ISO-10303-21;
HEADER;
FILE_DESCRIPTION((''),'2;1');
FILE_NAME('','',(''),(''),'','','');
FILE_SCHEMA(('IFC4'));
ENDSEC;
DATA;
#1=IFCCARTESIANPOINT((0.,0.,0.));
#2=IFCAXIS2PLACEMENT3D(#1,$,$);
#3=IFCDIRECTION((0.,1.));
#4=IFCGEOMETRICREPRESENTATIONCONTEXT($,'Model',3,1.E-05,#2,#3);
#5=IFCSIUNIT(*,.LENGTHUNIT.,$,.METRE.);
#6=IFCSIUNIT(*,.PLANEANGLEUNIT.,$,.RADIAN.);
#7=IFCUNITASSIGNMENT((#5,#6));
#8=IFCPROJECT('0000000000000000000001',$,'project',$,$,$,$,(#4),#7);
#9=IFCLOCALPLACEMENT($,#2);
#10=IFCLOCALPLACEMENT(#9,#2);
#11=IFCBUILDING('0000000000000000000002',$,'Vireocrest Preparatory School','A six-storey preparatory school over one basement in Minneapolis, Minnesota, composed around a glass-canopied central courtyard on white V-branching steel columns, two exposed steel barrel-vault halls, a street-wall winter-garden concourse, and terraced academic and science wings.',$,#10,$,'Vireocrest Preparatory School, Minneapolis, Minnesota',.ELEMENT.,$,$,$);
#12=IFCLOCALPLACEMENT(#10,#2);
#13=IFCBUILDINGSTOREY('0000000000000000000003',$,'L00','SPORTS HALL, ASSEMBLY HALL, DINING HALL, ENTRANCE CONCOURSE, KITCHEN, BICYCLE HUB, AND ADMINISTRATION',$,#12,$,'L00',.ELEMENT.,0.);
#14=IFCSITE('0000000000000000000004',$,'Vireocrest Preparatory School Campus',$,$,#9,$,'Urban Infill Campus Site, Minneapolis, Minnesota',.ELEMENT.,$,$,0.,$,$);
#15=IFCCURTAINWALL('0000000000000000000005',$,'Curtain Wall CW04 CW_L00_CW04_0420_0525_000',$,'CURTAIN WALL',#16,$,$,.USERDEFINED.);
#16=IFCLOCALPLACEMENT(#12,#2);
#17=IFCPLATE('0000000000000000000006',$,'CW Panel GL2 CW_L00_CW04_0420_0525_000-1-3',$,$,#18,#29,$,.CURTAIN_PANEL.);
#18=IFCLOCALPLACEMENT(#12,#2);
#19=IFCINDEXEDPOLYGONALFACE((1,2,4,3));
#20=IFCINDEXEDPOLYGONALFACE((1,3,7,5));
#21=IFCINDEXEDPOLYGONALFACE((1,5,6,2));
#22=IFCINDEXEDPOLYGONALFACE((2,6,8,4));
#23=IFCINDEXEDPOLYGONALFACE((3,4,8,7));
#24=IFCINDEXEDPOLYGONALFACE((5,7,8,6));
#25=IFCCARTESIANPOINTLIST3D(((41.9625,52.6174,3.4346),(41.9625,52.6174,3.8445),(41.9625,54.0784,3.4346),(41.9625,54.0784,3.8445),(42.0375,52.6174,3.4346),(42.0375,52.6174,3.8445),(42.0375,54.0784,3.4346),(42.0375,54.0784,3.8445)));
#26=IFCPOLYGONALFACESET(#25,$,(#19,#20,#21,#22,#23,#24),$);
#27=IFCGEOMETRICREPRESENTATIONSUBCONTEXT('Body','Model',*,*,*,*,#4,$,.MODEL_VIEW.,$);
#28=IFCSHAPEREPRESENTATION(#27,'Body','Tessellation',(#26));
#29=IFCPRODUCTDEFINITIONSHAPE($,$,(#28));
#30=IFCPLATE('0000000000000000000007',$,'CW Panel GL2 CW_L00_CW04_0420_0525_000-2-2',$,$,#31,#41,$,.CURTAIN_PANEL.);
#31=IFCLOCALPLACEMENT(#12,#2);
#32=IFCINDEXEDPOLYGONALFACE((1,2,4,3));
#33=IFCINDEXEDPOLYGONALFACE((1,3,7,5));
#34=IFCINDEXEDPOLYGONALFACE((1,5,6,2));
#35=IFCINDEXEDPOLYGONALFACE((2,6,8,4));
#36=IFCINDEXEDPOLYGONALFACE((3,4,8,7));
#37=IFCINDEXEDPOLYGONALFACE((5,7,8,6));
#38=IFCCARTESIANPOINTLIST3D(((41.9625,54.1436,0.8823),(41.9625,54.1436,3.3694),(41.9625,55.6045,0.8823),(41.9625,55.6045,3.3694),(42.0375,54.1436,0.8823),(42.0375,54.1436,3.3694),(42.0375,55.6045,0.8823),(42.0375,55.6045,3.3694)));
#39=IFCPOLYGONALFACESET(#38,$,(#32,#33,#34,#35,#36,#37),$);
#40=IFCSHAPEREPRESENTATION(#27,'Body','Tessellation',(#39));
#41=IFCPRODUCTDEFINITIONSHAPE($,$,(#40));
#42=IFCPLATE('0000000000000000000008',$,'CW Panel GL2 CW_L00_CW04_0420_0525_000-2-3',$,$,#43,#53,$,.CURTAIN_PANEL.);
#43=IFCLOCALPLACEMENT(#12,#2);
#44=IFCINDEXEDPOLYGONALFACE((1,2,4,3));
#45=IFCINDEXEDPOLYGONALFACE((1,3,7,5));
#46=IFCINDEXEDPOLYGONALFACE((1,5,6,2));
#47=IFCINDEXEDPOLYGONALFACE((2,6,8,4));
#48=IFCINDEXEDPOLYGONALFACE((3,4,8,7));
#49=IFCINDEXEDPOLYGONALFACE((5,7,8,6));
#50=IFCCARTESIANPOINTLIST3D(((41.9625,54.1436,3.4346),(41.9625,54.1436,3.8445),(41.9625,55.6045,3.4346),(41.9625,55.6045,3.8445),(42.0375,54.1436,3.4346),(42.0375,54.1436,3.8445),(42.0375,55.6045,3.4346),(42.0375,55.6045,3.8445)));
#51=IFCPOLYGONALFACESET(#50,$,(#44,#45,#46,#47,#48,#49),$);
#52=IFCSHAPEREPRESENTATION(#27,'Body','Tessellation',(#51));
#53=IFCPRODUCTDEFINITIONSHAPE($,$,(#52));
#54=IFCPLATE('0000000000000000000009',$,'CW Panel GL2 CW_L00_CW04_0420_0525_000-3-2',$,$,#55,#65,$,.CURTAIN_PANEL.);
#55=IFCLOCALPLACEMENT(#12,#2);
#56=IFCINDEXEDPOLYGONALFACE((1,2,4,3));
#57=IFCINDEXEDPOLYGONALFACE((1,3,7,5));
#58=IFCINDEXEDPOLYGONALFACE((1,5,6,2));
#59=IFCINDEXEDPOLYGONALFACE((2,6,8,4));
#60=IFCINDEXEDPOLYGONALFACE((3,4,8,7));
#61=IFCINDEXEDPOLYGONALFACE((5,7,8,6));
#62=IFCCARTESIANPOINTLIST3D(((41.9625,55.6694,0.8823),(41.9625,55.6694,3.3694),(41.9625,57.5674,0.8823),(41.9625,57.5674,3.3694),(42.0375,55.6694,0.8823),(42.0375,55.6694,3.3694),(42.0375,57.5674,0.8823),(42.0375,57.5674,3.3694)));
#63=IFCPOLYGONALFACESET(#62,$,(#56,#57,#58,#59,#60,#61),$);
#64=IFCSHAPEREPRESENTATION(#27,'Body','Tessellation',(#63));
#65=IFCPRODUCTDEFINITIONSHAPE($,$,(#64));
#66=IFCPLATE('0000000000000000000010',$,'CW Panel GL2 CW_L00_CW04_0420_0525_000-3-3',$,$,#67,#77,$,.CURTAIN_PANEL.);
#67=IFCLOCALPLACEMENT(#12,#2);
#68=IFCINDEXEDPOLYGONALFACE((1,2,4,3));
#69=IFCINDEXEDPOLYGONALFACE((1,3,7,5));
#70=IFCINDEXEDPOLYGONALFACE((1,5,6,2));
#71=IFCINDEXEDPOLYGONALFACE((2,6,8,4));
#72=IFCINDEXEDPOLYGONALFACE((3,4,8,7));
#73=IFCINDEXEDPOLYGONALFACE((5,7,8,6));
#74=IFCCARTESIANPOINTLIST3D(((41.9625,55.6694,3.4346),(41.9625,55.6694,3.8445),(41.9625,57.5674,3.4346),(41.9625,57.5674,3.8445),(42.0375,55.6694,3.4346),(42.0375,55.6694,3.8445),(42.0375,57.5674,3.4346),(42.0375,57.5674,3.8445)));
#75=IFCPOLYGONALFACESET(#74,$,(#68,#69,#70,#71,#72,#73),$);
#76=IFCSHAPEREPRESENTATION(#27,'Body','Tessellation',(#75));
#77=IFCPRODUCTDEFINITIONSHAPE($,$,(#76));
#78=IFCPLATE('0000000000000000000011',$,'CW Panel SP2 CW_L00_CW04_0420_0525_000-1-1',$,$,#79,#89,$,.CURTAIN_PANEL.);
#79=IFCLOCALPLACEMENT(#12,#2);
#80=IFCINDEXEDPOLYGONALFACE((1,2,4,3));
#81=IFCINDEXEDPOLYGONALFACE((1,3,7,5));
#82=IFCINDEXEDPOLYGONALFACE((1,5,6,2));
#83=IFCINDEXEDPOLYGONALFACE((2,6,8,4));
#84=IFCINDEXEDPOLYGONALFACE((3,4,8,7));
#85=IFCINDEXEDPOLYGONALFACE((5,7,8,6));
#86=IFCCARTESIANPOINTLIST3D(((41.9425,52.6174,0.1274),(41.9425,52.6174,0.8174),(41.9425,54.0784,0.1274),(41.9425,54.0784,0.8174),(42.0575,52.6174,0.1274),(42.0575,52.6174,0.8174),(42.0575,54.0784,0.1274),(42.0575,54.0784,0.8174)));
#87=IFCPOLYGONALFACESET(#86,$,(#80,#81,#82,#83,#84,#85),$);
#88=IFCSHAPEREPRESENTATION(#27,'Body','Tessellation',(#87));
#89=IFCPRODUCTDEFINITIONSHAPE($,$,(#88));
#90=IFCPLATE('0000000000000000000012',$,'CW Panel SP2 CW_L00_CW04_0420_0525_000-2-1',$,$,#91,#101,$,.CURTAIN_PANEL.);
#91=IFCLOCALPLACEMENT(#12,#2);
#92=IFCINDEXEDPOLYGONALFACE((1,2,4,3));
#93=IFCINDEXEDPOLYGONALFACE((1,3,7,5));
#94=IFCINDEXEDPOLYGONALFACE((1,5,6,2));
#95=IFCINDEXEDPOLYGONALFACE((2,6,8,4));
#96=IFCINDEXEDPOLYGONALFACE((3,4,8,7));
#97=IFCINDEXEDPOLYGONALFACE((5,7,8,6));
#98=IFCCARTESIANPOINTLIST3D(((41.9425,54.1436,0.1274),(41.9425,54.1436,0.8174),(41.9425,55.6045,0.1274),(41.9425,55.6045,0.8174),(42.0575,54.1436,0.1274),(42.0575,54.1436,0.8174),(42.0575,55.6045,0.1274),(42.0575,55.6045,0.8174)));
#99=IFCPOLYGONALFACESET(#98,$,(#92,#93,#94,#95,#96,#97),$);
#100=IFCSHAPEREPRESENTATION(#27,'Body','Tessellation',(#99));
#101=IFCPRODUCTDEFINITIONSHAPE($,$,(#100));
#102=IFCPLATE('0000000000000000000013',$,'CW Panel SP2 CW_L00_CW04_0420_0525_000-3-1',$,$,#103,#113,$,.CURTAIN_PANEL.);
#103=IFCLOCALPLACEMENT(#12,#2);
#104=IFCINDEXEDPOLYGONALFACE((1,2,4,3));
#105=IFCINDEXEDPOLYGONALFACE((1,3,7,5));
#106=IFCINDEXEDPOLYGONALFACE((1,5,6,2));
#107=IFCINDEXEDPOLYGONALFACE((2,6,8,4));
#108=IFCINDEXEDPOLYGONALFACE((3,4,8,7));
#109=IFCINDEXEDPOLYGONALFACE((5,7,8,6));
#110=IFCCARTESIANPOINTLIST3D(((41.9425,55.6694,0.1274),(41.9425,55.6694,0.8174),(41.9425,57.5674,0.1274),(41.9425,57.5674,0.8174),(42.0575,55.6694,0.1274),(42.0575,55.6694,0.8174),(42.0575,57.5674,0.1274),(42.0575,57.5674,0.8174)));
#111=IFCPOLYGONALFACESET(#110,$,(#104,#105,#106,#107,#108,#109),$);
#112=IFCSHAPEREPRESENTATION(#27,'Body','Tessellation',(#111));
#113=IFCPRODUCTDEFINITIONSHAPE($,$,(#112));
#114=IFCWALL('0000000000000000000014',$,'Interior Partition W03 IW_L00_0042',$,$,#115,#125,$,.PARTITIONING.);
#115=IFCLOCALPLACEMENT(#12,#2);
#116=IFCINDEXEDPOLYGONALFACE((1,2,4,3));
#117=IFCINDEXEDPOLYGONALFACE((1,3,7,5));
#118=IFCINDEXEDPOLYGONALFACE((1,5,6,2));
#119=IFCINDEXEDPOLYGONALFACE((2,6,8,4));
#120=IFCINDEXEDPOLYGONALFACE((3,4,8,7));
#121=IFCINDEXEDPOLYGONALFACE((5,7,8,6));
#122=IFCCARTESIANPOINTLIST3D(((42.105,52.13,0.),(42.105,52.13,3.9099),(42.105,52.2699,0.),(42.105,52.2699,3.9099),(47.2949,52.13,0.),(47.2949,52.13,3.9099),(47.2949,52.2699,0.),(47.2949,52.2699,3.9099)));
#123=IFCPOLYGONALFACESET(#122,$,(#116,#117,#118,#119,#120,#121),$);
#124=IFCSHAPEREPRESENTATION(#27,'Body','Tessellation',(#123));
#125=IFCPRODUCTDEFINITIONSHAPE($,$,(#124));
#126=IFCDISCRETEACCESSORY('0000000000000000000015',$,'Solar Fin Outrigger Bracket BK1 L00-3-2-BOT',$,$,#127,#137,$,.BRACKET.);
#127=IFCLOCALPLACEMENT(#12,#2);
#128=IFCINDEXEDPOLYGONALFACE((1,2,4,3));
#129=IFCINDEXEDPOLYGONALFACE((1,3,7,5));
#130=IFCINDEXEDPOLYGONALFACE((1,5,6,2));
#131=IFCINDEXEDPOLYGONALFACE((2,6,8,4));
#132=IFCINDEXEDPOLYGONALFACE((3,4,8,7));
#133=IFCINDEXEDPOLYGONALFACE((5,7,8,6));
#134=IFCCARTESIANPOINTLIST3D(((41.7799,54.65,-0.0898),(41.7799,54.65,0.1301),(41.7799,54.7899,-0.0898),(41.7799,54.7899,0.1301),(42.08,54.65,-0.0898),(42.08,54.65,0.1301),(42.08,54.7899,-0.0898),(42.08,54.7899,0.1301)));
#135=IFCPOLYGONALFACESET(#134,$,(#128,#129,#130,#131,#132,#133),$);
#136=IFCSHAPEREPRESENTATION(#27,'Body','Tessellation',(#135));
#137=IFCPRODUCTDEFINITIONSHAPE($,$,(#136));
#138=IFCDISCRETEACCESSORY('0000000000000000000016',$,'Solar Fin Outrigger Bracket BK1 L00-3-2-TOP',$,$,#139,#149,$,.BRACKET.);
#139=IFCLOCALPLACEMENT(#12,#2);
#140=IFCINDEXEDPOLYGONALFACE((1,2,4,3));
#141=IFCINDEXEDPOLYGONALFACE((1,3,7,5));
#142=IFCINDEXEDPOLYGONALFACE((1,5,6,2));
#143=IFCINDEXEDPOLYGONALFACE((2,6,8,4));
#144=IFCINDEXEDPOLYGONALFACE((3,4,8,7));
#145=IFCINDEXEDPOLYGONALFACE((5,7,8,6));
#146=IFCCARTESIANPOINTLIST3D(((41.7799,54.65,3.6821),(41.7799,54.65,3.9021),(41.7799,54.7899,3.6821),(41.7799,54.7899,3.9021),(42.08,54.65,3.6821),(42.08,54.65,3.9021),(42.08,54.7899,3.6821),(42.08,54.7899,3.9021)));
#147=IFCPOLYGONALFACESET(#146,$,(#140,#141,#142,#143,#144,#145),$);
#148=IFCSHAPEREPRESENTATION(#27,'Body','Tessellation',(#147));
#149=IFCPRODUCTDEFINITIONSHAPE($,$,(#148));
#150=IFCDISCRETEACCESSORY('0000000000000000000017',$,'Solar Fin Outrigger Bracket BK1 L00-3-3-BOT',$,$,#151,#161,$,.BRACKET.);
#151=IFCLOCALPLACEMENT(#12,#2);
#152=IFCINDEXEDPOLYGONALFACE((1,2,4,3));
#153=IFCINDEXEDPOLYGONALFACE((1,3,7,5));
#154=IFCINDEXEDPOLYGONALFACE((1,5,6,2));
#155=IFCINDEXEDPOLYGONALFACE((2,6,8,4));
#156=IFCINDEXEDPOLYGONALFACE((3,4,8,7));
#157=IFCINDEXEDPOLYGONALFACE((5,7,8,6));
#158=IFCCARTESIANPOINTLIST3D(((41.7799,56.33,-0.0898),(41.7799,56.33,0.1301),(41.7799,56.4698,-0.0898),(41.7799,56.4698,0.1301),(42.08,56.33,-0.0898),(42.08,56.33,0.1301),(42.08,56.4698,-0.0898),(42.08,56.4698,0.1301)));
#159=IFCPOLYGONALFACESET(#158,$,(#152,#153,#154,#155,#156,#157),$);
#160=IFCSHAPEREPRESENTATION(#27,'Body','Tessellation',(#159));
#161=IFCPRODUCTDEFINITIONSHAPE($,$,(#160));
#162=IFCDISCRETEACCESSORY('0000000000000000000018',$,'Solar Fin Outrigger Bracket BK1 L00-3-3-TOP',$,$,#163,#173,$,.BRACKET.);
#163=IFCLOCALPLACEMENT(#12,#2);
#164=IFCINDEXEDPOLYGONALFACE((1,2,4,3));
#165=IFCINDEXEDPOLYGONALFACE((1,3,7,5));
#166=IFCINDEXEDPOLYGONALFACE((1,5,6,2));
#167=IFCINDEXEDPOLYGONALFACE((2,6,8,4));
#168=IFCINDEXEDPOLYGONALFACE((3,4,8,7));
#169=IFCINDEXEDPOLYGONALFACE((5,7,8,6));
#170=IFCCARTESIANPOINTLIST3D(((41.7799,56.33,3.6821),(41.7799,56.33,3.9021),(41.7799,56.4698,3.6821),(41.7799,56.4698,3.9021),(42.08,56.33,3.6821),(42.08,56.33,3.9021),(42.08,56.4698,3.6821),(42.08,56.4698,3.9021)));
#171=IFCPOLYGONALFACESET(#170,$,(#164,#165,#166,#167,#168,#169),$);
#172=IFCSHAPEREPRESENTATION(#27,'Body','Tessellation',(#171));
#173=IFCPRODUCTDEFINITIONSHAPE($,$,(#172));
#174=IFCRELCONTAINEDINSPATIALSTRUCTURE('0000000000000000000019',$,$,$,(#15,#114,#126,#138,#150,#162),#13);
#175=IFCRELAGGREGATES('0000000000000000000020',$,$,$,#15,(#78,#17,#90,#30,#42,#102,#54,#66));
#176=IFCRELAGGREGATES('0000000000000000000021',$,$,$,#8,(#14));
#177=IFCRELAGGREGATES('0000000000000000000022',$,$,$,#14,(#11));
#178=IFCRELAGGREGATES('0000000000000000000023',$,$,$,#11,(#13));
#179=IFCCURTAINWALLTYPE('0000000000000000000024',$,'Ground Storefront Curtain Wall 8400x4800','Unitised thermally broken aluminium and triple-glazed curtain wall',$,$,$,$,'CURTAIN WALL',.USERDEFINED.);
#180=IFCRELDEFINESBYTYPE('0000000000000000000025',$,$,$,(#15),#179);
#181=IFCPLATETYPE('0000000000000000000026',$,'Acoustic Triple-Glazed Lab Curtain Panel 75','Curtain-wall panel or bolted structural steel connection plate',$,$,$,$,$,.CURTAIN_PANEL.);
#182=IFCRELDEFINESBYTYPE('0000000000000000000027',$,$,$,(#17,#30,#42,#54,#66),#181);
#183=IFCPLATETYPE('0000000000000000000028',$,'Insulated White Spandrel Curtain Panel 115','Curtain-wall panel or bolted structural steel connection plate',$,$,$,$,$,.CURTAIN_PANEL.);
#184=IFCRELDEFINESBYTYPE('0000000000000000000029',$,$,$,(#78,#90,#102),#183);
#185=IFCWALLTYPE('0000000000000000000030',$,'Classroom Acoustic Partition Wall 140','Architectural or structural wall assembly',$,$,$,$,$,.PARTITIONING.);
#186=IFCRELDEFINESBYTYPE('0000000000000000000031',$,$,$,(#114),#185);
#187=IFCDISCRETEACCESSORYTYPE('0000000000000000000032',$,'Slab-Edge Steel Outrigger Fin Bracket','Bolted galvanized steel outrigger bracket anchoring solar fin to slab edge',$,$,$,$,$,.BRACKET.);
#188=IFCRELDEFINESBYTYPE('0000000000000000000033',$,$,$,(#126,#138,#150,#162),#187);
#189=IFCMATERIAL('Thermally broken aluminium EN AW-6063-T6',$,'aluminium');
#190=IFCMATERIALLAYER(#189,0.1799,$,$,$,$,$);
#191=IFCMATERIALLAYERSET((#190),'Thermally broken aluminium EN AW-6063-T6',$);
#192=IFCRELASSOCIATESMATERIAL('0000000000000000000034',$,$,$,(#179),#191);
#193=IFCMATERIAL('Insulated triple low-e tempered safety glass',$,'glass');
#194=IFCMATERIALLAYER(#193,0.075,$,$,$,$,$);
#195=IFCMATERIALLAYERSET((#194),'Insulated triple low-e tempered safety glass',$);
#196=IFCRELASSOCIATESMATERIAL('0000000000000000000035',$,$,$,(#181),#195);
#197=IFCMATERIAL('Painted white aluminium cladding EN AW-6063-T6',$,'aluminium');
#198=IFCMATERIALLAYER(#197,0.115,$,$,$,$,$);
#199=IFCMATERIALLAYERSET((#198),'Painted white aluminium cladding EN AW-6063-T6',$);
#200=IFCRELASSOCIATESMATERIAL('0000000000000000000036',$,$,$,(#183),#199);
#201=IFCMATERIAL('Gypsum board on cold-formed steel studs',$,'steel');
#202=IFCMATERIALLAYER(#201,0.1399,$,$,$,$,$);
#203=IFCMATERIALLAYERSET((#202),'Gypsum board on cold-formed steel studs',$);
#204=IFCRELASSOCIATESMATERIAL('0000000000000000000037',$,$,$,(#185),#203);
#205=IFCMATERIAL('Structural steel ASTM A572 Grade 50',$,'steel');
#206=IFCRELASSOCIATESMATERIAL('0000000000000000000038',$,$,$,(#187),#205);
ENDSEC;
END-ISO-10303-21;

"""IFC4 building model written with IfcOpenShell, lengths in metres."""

from ifc_helpers import new_model, si_unit, direction, frame, frame_2d, origin, origin_2d, place, context, subcontext, project, spatial, rectangle, extrude, material, layer, layer_set, type_object, element, aggregate, save


model = new_model("IFC4")

# Units and contexts
model_context = context("Model", 3, precision=1e-05, world=origin(), true_north=direction((0.0, 1.0)))
body_context = subcontext(model_context, "Body", "Model", "MODEL_VIEW")
ifc_project = project(units=[si_unit("LENGTHUNIT", "METRE"), si_unit("PLANEANGLEUNIT", "RADIAN")], contexts=[model_context])

# Site, building, storey
site_placement = place(None, origin())
site = spatial("IfcSite", under=ifc_project, at=site_placement, Name="Vireocrest Preparatory School Campus", LongName="Urban Infill Campus Site, Minneapolis, Minnesota", CompositionType="ELEMENT", RefElevation=0.0)
building_placement = place(site_placement, origin())
building = spatial("IfcBuilding", under=site, at=building_placement, Name="Vireocrest Preparatory School", Description="A six-storey preparatory school over one basement in Minneapolis, Minnesota, composed around a glass-canopied central courtyard on white V-branching steel columns, two exposed steel barrel-vault halls, a street-wall winter-garden concourse, and terraced academic and science wings.", LongName="Vireocrest Preparatory School, Minneapolis, Minnesota", CompositionType="ELEMENT")
storey_placement = place(building_placement, origin())
storey = spatial("IfcBuildingStorey", under=building, at=storey_placement, Name="L00", Description="SPORTS HALL, ASSEMBLY HALL, DINING HALL, ENTRANCE CONCOURSE, KITCHEN, BICYCLE HUB, AND ADMINISTRATION", LongName="L00", CompositionType="ELEMENT", Elevation=0.0)

# Curtain wall
ifc_material_1 = material(Name="Thermally broken aluminium EN AW-6063-T6", Category="aluminium")
ifc_layer_1 = layer(ifc_material_1, 0.1799)
ifc_layer_set_1 = layer_set([ifc_layer_1], Name="Thermally broken aluminium EN AW-6063-T6")
curtain_wall_type = type_object("IfcCurtainWallType", Name="Ground Storefront Curtain Wall 8400x4800", Description="Unitised thermally broken aluminium and triple-glazed curtain wall", ElementType="CURTAIN WALL", PredefinedType="USERDEFINED", material=ifc_layer_set_1)
curtain_wall_placement = place(storey_placement, origin())
curtain_wall = element("IfcCurtainWall", 1, at=curtain_wall_placement, inside=storey, type_object=curtain_wall_type, Name="Curtain Wall CW04 CW_L00_CW04_0420_0525_000", ObjectType="CURTAIN WALL", PredefinedType="USERDEFINED")

# Plates
ifc_material_2 = material(Name="Insulated triple low-e tempered safety glass", Category="glass")
ifc_layer_2 = layer(ifc_material_2, 0.075)
ifc_layer_set_2 = layer_set([ifc_layer_2], Name="Insulated triple low-e tempered safety glass")
plate_type_1 = type_object("IfcPlateType", Name="Acoustic Triple-Glazed Lab Curtain Panel 75", Description="Curtain-wall panel or bolted structural steel connection plate", PredefinedType="CURTAIN_PANEL", material=ifc_layer_set_2)
plate_1_placement = place(storey_placement, frame((42.0, 53.3479, 3.4346), z_axis=(0.0, 0.0, 1.0), x_axis=(0.0, 1.0, 0.0)))
plate_1 = element("IfcPlate", 2, at=plate_1_placement, type_object=plate_type_1, Name="CW Panel GL2 CW_L00_CW04_0420_0525_000-1-3", PredefinedType="CURTAIN_PANEL", context=body_context, shape_type="SweptSolid", body=[
    extrude(rectangle(XDim=1.4609, YDim=0.075, at=origin_2d()), origin(), (0.0, 0.0, 1.0), 0.4099),
])
plate_2_placement = place(storey_placement, frame((42.0, 54.874, 0.8823), z_axis=(0.0, 0.0, 1.0), x_axis=(0.0, 1.0, 0.0)))
plate_2 = element("IfcPlate", 3, at=plate_2_placement, type_object=plate_type_1, Name="CW Panel GL2 CW_L00_CW04_0420_0525_000-2-2", PredefinedType="CURTAIN_PANEL", context=body_context, shape_type="SweptSolid", body=[
    extrude(rectangle(XDim=1.4609, YDim=0.075, at=origin_2d()), origin(), (0.0, 0.0, 1.0), 2.4871),
])
plate_3_placement = place(storey_placement, frame((42.0, 54.874, 3.4346), z_axis=(0.0, 0.0, 1.0), x_axis=(0.0, 1.0, 0.0)))
plate_3 = element("IfcPlate", 4, at=plate_3_placement, type_object=plate_type_1, Name="CW Panel GL2 CW_L00_CW04_0420_0525_000-2-3", PredefinedType="CURTAIN_PANEL", context=body_context, shape_type="SweptSolid", body=[
    extrude(rectangle(XDim=1.4609, YDim=0.075, at=origin_2d()), origin(), (0.0, 0.0, 1.0), 0.4099),
])
plate_4_placement = place(storey_placement, frame((42.0, 56.6184, 0.8823), z_axis=(0.0, 0.0, 1.0), x_axis=(0.0, 1.0, 0.0)))
plate_4 = element("IfcPlate", 5, at=plate_4_placement, type_object=plate_type_1, Name="CW Panel GL2 CW_L00_CW04_0420_0525_000-3-2", PredefinedType="CURTAIN_PANEL", context=body_context, shape_type="SweptSolid", body=[
    extrude(rectangle(XDim=1.8979, YDim=0.075, at=origin_2d()), origin(), (0.0, 0.0, 1.0), 2.4871),
])
plate_5_placement = place(storey_placement, frame((42.0, 56.6184, 3.4346), z_axis=(0.0, 0.0, 1.0), x_axis=(0.0, 1.0, 0.0)))
plate_5 = element("IfcPlate", 6, at=plate_5_placement, type_object=plate_type_1, Name="CW Panel GL2 CW_L00_CW04_0420_0525_000-3-3", PredefinedType="CURTAIN_PANEL", context=body_context, shape_type="SweptSolid", body=[
    extrude(rectangle(XDim=1.8979, YDim=0.075, at=origin_2d()), origin(), (0.0, 0.0, 1.0), 0.4099),
])
ifc_material_3 = material(Name="Painted white aluminium cladding EN AW-6063-T6", Category="aluminium")
ifc_layer_3 = layer(ifc_material_3, 0.115)
ifc_layer_set_3 = layer_set([ifc_layer_3], Name="Painted white aluminium cladding EN AW-6063-T6")
plate_type_2 = type_object("IfcPlateType", Name="Insulated White Spandrel Curtain Panel 115", Description="Curtain-wall panel or bolted structural steel connection plate", PredefinedType="CURTAIN_PANEL", material=ifc_layer_set_3)
plate_6_placement = place(storey_placement, frame((42.0, 53.3479, 0.1274), z_axis=(0.0, 0.0, 1.0), x_axis=(0.0, 1.0, 0.0)))
plate_6 = element("IfcPlate", 7, at=plate_6_placement, type_object=plate_type_2, Name="CW Panel SP2 CW_L00_CW04_0420_0525_000-1-1", PredefinedType="CURTAIN_PANEL", context=body_context, shape_type="SweptSolid", body=[
    extrude(rectangle(XDim=1.4609, YDim=0.115, at=origin_2d()), origin(), (0.0, 0.0, 1.0), 0.6899),
])
plate_7_placement = place(storey_placement, frame((42.0, 54.874, 0.1274), z_axis=(0.0, 0.0, 1.0), x_axis=(0.0, 1.0, 0.0)))
plate_7 = element("IfcPlate", 8, at=plate_7_placement, type_object=plate_type_2, Name="CW Panel SP2 CW_L00_CW04_0420_0525_000-2-1", PredefinedType="CURTAIN_PANEL", context=body_context, shape_type="SweptSolid", body=[
    extrude(rectangle(XDim=1.4609, YDim=0.115, at=origin_2d()), origin(), (0.0, 0.0, 1.0), 0.6899),
])
plate_8_placement = place(storey_placement, frame((42.0, 56.6184, 0.1274), z_axis=(0.0, 0.0, 1.0), x_axis=(0.0, 1.0, 0.0)))
plate_8 = element("IfcPlate", 9, at=plate_8_placement, type_object=plate_type_2, Name="CW Panel SP2 CW_L00_CW04_0420_0525_000-3-1", PredefinedType="CURTAIN_PANEL", context=body_context, shape_type="SweptSolid", body=[
    extrude(rectangle(XDim=1.8979, YDim=0.115, at=origin_2d()), origin(), (0.0, 0.0, 1.0), 0.6899),
])
aggregate(curtain_wall, [plate_6, plate_1, plate_7, plate_2, plate_3, plate_8, plate_4, plate_5])

# Wall
ifc_material_4 = material(Name="Gypsum board on cold-formed steel studs", Category="steel")
ifc_layer_4 = layer(ifc_material_4, 0.1399)
ifc_layer_set_4 = layer_set([ifc_layer_4], Name="Gypsum board on cold-formed steel studs")
wall_type = type_object("IfcWallType", Name="Classroom Acoustic Partition Wall 140", Description="Architectural or structural wall assembly", PredefinedType="PARTITIONING", material=ifc_layer_set_4)
wall_placement = place(storey_placement, frame((42.105, 52.2, 0.0), z_axis=(0.0, 0.0, 1.0), x_axis=(1.0, 0.0, 0.0)))
element("IfcWall", 10, at=wall_placement, inside=storey, type_object=wall_type, Name="Interior Partition W03 IW_L00_0042", PredefinedType="PARTITIONING", context=body_context, shape_type="SweptSolid", body=[
    extrude(rectangle(XDim=5.1899, YDim=0.1399, at=frame_2d((2.595, 0.0))), origin(), (0.0, 0.0, 1.0), 3.9099),
])

# Discrete accessories
ifc_material_5 = material(Name="Structural steel ASTM A572 Grade 50", Category="steel")
discrete_accessory_type = type_object("IfcDiscreteAccessoryType", Name="Slab-Edge Steel Outrigger Fin Bracket", Description="Bolted galvanized steel outrigger bracket anchoring solar fin to slab edge", PredefinedType="BRACKET", material=ifc_material_5)
for number, where, z_axis, x_axis, name in (
    (11, (41.9299, 54.72, -0.0898), (0.0, 0.0, 1.0), (0.0, 1.0, 0.0), "Solar Fin Outrigger Bracket BK1 L00-3-2-BOT"),
    (12, (41.9299, 54.72, 3.6821), (0.0, 0.0, 1.0), (0.0, 1.0, 0.0), "Solar Fin Outrigger Bracket BK1 L00-3-2-TOP"),
    (13, (41.9299, 56.3999, -0.0898), (0.0, 0.0, 1.0), (0.0, 1.0, 0.0), "Solar Fin Outrigger Bracket BK1 L00-3-3-BOT"),
    (14, (41.9299, 56.3999, 3.6821), (0.0, 0.0, 1.0), (0.0, 1.0, 0.0), "Solar Fin Outrigger Bracket BK1 L00-3-3-TOP"),
):
    element("IfcDiscreteAccessory", number, at=place(storey_placement, frame(where, z_axis=z_axis, x_axis=x_axis)), inside=storey, type_object=discrete_accessory_type, Name=name, PredefinedType="BRACKET", context=body_context, shape_type="SweptSolid", body=[
        extrude(rectangle(XDim=0.1399, YDim=0.3, at=origin_2d()), origin(), (0.0, 0.0, 1.0), 0.22),
    ])

save(model, "model.ifc")
